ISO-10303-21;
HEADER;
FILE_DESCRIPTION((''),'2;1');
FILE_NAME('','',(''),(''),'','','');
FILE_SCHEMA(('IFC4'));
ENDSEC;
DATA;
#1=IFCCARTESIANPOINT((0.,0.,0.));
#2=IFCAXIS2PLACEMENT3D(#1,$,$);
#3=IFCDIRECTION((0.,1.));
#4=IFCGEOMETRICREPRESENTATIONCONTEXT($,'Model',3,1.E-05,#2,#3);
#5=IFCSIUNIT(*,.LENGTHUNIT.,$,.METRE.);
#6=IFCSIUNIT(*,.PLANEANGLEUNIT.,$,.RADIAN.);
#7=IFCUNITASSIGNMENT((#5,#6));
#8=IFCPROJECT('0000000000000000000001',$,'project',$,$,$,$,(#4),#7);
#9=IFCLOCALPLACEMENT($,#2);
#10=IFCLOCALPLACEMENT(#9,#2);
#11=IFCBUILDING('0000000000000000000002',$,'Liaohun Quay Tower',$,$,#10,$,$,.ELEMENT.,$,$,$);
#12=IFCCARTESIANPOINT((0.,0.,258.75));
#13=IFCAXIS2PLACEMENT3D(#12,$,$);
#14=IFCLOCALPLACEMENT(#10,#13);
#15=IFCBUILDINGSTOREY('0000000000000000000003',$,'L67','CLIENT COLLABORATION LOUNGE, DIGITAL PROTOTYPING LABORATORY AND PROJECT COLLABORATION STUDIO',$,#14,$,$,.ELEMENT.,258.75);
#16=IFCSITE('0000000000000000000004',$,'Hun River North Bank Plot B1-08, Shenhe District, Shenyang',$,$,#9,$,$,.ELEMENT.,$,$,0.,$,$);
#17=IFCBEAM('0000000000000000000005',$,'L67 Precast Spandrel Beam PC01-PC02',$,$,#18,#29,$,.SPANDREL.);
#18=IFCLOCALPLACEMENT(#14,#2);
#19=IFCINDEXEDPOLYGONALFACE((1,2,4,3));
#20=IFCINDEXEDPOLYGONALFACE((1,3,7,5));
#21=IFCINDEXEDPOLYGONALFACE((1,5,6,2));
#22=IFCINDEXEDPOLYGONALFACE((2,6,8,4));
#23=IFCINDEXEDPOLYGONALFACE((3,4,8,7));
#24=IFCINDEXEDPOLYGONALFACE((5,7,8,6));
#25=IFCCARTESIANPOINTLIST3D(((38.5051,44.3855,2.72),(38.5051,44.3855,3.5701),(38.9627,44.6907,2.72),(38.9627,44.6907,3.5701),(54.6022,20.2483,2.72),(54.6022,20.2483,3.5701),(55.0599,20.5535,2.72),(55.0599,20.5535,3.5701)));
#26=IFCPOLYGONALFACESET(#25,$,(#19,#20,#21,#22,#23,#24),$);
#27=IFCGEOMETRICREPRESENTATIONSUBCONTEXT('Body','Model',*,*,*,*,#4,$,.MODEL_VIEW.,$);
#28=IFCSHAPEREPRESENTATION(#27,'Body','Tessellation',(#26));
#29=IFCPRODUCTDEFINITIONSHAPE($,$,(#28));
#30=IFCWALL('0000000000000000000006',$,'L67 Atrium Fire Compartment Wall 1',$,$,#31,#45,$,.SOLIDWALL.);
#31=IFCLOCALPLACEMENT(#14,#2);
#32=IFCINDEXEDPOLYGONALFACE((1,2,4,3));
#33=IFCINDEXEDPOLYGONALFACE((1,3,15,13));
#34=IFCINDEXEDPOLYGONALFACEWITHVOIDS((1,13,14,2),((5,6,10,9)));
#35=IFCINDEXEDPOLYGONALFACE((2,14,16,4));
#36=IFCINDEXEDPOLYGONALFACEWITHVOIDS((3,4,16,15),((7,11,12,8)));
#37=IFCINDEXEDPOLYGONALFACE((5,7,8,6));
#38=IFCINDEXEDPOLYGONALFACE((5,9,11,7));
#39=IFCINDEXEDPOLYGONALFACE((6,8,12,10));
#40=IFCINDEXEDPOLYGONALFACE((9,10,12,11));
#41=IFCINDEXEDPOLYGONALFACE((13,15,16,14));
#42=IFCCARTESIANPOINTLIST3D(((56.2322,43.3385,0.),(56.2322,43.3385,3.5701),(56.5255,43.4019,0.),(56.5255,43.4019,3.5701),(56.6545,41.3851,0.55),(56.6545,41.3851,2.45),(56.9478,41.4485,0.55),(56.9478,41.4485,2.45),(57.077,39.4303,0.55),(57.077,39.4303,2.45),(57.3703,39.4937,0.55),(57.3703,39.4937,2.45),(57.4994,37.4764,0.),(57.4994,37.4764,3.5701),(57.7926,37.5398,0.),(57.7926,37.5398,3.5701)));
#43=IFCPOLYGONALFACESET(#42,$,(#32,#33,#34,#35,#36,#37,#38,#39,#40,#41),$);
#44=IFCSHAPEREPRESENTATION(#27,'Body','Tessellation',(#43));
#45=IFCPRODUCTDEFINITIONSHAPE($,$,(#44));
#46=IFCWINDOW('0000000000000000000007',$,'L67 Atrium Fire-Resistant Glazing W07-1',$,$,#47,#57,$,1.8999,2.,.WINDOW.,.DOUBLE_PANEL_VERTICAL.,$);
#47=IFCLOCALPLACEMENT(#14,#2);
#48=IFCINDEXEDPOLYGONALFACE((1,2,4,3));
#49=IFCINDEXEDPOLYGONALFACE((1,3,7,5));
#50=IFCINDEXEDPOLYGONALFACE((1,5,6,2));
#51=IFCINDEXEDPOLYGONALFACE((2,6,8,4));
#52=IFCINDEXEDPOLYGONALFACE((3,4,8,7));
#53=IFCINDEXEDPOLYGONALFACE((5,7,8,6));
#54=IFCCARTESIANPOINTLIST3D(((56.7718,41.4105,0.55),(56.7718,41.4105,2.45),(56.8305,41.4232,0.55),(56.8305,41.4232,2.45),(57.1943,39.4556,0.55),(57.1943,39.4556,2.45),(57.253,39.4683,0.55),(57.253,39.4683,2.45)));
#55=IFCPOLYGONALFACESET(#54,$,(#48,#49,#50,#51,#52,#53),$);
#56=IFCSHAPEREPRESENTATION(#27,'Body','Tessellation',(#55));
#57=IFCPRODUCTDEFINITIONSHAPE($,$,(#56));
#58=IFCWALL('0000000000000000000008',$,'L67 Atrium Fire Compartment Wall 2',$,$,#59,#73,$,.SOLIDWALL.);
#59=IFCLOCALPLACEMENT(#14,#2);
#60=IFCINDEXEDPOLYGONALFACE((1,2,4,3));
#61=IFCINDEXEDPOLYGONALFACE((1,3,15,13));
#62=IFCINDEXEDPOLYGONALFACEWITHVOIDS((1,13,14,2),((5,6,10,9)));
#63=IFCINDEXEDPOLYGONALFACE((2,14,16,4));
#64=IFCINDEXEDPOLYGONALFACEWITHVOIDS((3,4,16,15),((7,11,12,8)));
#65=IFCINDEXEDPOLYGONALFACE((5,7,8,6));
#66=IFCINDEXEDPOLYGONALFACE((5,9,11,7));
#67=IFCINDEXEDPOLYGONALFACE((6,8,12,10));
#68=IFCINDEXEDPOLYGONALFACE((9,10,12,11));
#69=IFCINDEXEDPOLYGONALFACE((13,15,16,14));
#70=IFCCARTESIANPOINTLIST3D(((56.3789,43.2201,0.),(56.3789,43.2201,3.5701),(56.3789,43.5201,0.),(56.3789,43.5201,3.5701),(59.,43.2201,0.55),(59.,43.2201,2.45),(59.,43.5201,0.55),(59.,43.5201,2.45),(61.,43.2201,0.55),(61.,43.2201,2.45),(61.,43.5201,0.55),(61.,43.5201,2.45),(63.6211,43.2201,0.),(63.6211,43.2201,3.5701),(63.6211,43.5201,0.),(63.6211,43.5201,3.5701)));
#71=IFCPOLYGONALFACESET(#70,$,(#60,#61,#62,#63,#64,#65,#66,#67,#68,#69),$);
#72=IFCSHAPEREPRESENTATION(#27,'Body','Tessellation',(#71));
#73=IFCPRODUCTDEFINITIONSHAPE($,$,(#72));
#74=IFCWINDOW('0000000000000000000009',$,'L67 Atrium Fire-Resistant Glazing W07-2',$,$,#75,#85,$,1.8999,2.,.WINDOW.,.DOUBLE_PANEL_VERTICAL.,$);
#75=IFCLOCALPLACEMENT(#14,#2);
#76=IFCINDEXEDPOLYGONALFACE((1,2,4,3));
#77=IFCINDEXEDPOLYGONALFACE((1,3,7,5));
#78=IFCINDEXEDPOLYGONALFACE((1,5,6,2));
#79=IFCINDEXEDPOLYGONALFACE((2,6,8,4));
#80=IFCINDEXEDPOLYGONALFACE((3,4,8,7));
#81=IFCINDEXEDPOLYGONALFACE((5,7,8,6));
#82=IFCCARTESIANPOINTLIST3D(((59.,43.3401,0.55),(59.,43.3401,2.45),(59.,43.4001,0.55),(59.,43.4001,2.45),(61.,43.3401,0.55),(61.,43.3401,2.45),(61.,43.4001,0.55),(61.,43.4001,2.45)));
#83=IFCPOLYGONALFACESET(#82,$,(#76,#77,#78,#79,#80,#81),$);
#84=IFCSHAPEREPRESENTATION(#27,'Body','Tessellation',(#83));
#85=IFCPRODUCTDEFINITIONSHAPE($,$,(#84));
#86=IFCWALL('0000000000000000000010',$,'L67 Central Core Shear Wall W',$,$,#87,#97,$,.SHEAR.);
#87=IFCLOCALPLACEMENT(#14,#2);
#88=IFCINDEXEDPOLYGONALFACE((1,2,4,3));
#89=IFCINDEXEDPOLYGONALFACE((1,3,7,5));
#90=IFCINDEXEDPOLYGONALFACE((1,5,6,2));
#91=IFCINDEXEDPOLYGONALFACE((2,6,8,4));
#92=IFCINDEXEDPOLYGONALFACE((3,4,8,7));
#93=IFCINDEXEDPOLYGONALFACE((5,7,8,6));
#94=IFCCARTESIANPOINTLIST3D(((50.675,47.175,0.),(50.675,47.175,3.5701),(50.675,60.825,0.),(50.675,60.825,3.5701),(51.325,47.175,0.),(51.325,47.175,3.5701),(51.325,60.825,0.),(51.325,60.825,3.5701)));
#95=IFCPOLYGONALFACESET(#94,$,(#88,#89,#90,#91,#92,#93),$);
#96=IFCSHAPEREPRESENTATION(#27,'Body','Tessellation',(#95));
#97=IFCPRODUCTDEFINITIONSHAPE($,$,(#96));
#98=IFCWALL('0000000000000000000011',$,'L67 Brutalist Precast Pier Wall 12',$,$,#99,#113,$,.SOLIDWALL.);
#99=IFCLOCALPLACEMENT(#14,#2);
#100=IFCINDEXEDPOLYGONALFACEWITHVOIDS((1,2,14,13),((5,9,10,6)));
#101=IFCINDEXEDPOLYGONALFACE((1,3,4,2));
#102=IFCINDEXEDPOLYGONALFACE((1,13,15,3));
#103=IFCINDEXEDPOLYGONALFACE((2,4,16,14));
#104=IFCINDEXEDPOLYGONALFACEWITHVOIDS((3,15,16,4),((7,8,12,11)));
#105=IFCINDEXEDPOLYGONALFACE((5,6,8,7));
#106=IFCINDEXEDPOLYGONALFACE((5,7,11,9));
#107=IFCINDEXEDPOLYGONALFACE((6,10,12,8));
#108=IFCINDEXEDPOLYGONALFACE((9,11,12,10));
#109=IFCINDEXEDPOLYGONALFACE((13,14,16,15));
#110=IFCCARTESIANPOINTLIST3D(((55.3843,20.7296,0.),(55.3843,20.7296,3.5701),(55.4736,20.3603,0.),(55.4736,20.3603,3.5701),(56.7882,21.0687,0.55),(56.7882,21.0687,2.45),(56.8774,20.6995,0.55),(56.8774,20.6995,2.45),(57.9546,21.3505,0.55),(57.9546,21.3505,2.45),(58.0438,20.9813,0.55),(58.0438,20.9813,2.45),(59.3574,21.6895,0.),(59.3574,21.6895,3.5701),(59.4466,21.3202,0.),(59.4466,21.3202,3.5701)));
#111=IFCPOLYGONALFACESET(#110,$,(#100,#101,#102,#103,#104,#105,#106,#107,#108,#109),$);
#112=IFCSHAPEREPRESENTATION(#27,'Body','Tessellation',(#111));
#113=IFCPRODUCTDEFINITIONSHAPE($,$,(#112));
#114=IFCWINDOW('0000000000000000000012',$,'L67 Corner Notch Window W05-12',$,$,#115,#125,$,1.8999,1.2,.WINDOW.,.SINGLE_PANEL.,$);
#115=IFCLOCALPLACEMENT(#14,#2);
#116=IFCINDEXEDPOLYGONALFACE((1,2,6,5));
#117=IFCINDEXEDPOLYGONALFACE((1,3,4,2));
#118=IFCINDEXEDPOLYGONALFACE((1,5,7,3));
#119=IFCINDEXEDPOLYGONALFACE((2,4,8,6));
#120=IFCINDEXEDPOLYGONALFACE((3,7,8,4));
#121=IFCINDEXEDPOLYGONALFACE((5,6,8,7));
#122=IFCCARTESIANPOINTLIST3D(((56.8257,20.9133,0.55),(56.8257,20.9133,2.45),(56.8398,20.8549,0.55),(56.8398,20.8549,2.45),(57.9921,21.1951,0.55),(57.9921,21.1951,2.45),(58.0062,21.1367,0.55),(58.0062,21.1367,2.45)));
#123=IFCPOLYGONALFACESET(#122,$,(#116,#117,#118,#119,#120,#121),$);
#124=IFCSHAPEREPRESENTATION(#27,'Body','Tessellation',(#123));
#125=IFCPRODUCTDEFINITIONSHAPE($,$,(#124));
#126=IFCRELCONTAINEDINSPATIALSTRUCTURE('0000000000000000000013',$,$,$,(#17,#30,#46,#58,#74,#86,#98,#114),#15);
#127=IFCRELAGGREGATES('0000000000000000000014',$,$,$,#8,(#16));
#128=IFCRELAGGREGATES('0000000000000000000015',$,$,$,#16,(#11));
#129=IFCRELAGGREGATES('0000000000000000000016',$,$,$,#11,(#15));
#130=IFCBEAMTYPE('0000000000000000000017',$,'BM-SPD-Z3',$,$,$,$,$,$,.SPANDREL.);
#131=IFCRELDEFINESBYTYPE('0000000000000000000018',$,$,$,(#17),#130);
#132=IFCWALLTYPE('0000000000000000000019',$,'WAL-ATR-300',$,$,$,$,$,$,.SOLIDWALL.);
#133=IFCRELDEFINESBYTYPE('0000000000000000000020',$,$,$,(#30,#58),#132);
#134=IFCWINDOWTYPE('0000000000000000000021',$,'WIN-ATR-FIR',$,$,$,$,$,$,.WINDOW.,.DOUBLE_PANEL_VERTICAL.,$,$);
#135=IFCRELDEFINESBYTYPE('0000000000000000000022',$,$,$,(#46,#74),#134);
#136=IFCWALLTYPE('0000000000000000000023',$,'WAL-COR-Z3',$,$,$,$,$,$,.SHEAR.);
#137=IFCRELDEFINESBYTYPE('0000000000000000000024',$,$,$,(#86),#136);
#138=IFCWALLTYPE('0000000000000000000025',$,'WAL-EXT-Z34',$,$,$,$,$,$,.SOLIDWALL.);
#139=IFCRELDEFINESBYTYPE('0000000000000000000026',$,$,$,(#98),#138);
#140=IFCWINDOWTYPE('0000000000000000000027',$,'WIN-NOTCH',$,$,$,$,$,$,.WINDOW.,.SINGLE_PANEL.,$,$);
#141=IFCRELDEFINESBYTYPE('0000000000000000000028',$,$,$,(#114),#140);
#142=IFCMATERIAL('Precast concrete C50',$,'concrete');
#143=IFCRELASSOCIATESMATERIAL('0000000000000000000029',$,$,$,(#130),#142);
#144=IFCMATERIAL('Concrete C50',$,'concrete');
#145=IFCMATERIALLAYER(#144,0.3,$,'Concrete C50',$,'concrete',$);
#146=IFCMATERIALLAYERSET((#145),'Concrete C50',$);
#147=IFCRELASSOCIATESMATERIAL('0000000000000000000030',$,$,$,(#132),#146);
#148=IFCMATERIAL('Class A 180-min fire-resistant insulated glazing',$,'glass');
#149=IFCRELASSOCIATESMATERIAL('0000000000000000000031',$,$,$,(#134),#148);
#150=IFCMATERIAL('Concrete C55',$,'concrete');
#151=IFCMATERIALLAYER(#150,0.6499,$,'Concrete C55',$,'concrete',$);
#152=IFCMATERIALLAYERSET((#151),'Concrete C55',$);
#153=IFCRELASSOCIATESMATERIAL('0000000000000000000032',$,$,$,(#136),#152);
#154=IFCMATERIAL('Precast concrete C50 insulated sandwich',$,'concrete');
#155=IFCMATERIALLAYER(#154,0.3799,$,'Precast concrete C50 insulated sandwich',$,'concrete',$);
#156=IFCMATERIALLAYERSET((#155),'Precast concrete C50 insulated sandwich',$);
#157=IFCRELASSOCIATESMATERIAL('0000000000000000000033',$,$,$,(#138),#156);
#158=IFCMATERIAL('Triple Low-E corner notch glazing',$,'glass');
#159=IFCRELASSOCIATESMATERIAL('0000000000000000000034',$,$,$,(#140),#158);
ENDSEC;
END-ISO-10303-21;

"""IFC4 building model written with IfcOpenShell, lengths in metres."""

from ifc_helpers import new_model, si_unit, direction, frame, frame_2d, origin, origin_2d, place, context, subcontext, project, spatial, rectangle, extrude, source, transform, mapped, material, layer, layer_set, material_profile, profile_set, type_object, element, fill, save


model = new_model("IFC4")

# Units and contexts
model_context = context("Model", 3, precision=1e-05, world=origin(), true_north=direction((0.0, 1.0)))
body_context = subcontext(model_context, "Body", "Model", "MODEL_VIEW")
ifc_project = project(units=[si_unit("LENGTHUNIT", "METRE"), si_unit("PLANEANGLEUNIT", "RADIAN")], contexts=[model_context])

# Site, building, storey
site_placement = place(None, origin())
site = spatial("IfcSite", under=ifc_project, at=site_placement, Name="Hun River North Bank Plot B1-08, Shenhe District, Shenyang", CompositionType="ELEMENT", RefElevation=0.0)
building_placement = place(site_placement, origin())
building = spatial("IfcBuilding", under=site, at=building_placement, Name="Liaohun Quay Tower", CompositionType="ELEMENT")
storey_placement = place(building_placement, frame((0.0, 0.0, 258.75)))
storey = spatial("IfcBuildingStorey", under=building, at=storey_placement, Name="L67", Description="CLIENT COLLABORATION LOUNGE, DIGITAL PROTOTYPING LABORATORY AND PROJECT COLLABORATION STUDIO", CompositionType="ELEMENT", Elevation=258.75)

# Shared definitions
ifc_material_1 = material(Name="Concrete C55", Category="concrete")

# Beam
ifc_material_2 = material(Name="Precast concrete C50", Category="concrete")
ifc_material_profile_1 = material_profile(ifc_material_2, rectangle(XDim=0.55, YDim=0.8501, at=origin_2d()), Name="RC550x850")
ifc_profile_set_1 = profile_set([ifc_material_profile_1], Name="Precast concrete C50")
beam_type_1 = type_object("IfcBeamType", Name="BM-SPD-Z3", PredefinedType="SPANDREL", material=ifc_profile_set_1)
shared_shape_1 = source(origin(), body_context, "Body", "SweptSolid", [
    extrude(rectangle(XDim=0.55, YDim=0.8501, at=origin_2d()), origin(), (0.0, 0.0, 1.0), 29.0125),
])
beam_1_placement = place(storey_placement, frame((54.8311, 20.4009, 3.145), z_axis=(-0.554836, 0.83196, 0.0), x_axis=(-0.83196, -0.554836, 0.0)))
element("IfcBeam", 1, at=beam_1_placement, inside=storey, type_object=beam_type_1, Name="L67 Precast Spandrel Beam PC01-PC02", PredefinedType="SPANDREL", context=body_context, shape_type="MappedRepresentation", body=[
    mapped(shared_shape_1, transform((0.0, 0.0, 0.0), x_axis=(1.0, 0.0, 0.0), y_axis=(0.0, 1.0, 0.0), z_axis=(0.0, 0.0, 1.0), scale=1.0)),
])

# Walls, openings, windows
ifc_material_3 = material(Name="Concrete C50", Category="concrete")
ifc_layer_1 = layer(ifc_material_3, 0.3, Name="Concrete C50", Category="concrete")
ifc_layer_set_1 = layer_set([ifc_layer_1], Name="Concrete C50")
wall_type_1 = type_object("IfcWallType", Name="WAL-ATR-300", PredefinedType="SOLIDWALL", material=ifc_layer_set_1)
wall_1_placement = place(storey_placement, frame((57.646, 37.5081, 0.0), z_axis=(0.0, 0.0, 1.0), x_axis=(-0.211272, 0.977427, 0.0)))
wall_1 = element("IfcWall", 2, at=wall_1_placement, inside=storey, type_object=wall_type_1, Name="L67 Atrium Fire Compartment Wall 1", PredefinedType="SOLIDWALL", context=body_context, shape_type="SweptSolid", body=[
    extrude(rectangle(XDim=5.9976, YDim=0.3, at=frame_2d((2.9988, 0.0))), origin(), (0.0, 0.0, 1.0), 3.5701),
])
shared_shape_2 = source(origin(), body_context, "Body", "SweptSolid", [
    extrude(rectangle(XDim=2.0, YDim=1.8999, at=frame_2d((1.0, 0.95))), frame((0.0, 0.1599, 0.0), z_axis=(0.0, -1.0, 0.0), x_axis=(1.0, 0.0, 0.0)), (0.0, 0.0, 1.0), 0.3201),
])
opening_1_placement = place(wall_1_placement, frame((1.999, 0.0, 0.55)))
opening_1 = element("IfcOpeningElement", 3, at=opening_1_placement, cuts=wall_1, PredefinedType="OPENING", context=body_context, shape_type="MappedRepresentation", body=[
    mapped(shared_shape_2, transform((0.0, 0.0, 0.0), x_axis=(1.0, 0.0, 0.0), y_axis=(0.0, 1.0, 0.0), z_axis=(0.0, 0.0, 1.0), scale=1.0)),
])
ifc_material_4 = material(Name="Class A 180-min fire-resistant insulated glazing", Category="glass")
window_type_1 = type_object("IfcWindowType", Name="WIN-ATR-FIR", PartitioningType="DOUBLE_PANEL_VERTICAL", PredefinedType="WINDOW", material=ifc_material_4)
shared_shape_3 = source(origin(), body_context, "Body", "SweptSolid", [
    extrude(rectangle(XDim=2.0, YDim=1.8999, at=frame_2d((1.0, 0.95))), frame((0.0, 0.03, 0.0), z_axis=(0.0, -1.0, 0.0), x_axis=(1.0, 0.0, 0.0)), (0.0, 0.0, 1.0), 0.0601),
])
window_1_placement = place(opening_1_placement, origin())
window_1 = element("IfcWindow", 4, at=window_1_placement, inside=storey, type_object=window_type_1, Name="L67 Atrium Fire-Resistant Glazing W07-1", OverallHeight=1.8999, OverallWidth=2.0, PartitioningType="DOUBLE_PANEL_VERTICAL", PredefinedType="WINDOW", context=body_context, shape_type="MappedRepresentation", body=[
    mapped(shared_shape_3, transform((0.0, 0.0, 0.0), x_axis=(1.0, 0.0, 0.0), y_axis=(0.0, 1.0, 0.0), z_axis=(0.0, 0.0, 1.0), scale=1.0)),
])
fill(opening_1, window_1)
wall_2_placement = place(storey_placement, frame((56.3789, 43.3701, 0.0), z_axis=(0.0, 0.0, 1.0), x_axis=(1.0, 0.0, 0.0)))
wall_2 = element("IfcWall", 5, at=wall_2_placement, inside=storey, type_object=wall_type_1, Name="L67 Atrium Fire Compartment Wall 2", PredefinedType="SOLIDWALL", context=body_context, shape_type="SweptSolid", body=[
    extrude(rectangle(XDim=7.2422, YDim=0.3, at=frame_2d((3.6211, 0.0))), origin(), (0.0, 0.0, 1.0), 3.5701),
])
opening_2_placement = place(wall_2_placement, frame((2.6211, 0.0, 0.55)))
opening_2 = element("IfcOpeningElement", 6, at=opening_2_placement, cuts=wall_2, PredefinedType="OPENING", context=body_context, shape_type="MappedRepresentation", body=[
    mapped(shared_shape_2, transform((0.0, 0.0, 0.0), x_axis=(1.0, 0.0, 0.0), y_axis=(0.0, 1.0, 0.0), z_axis=(0.0, 0.0, 1.0), scale=1.0)),
])
window_2_placement = place(opening_2_placement, origin())
window_2 = element("IfcWindow", 7, at=window_2_placement, inside=storey, type_object=window_type_1, Name="L67 Atrium Fire-Resistant Glazing W07-2", OverallHeight=1.8999, OverallWidth=2.0, PartitioningType="DOUBLE_PANEL_VERTICAL", PredefinedType="WINDOW", context=body_context, shape_type="MappedRepresentation", body=[
    mapped(shared_shape_3, transform((0.0, 0.0, 0.0), x_axis=(1.0, 0.0, 0.0), y_axis=(0.0, 1.0, 0.0), z_axis=(0.0, 0.0, 1.0), scale=1.0)),
])
fill(opening_2, window_2)

# Wall
ifc_layer_2 = layer(ifc_material_1, 0.6499, Name="Concrete C55", Category="concrete")
ifc_layer_set_2 = layer_set([ifc_layer_2], Name="Concrete C55")
wall_type_2 = type_object("IfcWallType", Name="WAL-COR-Z3", PredefinedType="SHEAR", material=ifc_layer_set_2)
wall_3_placement = place(storey_placement, frame((51.0, 47.175, 0.0), z_axis=(0.0, 0.0, 1.0), x_axis=(0.0, 1.0, 0.0)))
element("IfcWall", 8, at=wall_3_placement, inside=storey, type_object=wall_type_2, Name="L67 Central Core Shear Wall W", PredefinedType="SHEAR", context=body_context, shape_type="SweptSolid", body=[
    extrude(rectangle(XDim=13.6499, YDim=0.6499, at=frame_2d((6.825, 0.0))), origin(), (0.0, 0.0, 1.0), 3.5701),
])

# Wall, opening, window
ifc_material_5 = material(Name="Precast concrete C50 insulated sandwich", Category="concrete")
ifc_layer_3 = layer(ifc_material_5, 0.3799, Name="Precast concrete C50 insulated sandwich", Category="concrete")
ifc_layer_set_3 = layer_set([ifc_layer_3], Name="Precast concrete C50 insulated sandwich")
wall_type_3 = type_object("IfcWallType", Name="WAL-EXT-Z34", PredefinedType="SOLIDWALL", material=ifc_layer_set_3)
wall_4_placement = place(storey_placement, frame((55.429, 20.5449, 0.0), z_axis=(0.0, 0.0, 1.0), x_axis=(0.972031, 0.234855, 0.0)))
wall_4 = element("IfcWall", 9, at=wall_4_placement, inside=storey, type_object=wall_type_3, Name="L67 Brutalist Precast Pier Wall 12", PredefinedType="SOLIDWALL", context=body_context, shape_type="SweptSolid", body=[
    extrude(rectangle(XDim=4.0874, YDim=0.3799, at=frame_2d((2.0437, 0.0))), origin(), (0.0, 0.0, 1.0), 3.5701),
])
shared_shape_4 = source(origin(), body_context, "Body", "SweptSolid", [
    extrude(rectangle(XDim=1.2, YDim=1.8999, at=frame_2d((0.6001, 0.95))), frame((0.0, 0.2, 0.0), z_axis=(0.0, -1.0, 0.0), x_axis=(1.0, 0.0, 0.0)), (0.0, 0.0, 1.0), 0.3999),
])
opening_3_placement = place(wall_4_placement, frame((1.4441, 0.0, 0.55)))
opening_3 = element("IfcOpeningElement", 10, at=opening_3_placement, cuts=wall_4, PredefinedType="OPENING", context=body_context, shape_type="MappedRepresentation", body=[
    mapped(shared_shape_4, transform((0.0, 0.0, 0.0), x_axis=(1.0, 0.0, 0.0), y_axis=(0.0, 1.0, 0.0), z_axis=(0.0, 0.0, 1.0), scale=1.0)),
])
ifc_material_6 = material(Name="Triple Low-E corner notch glazing", Category="glass")
window_type_2 = type_object("IfcWindowType", Name="WIN-NOTCH", PartitioningType="SINGLE_PANEL", PredefinedType="WINDOW", material=ifc_material_6)
shared_shape_5 = source(origin(), body_context, "Body", "SweptSolid", [
    extrude(rectangle(XDim=1.2, YDim=1.8999, at=frame_2d((0.6001, 0.95))), frame((0.0, 0.03, 0.0), z_axis=(0.0, -1.0, 0.0), x_axis=(1.0, 0.0, 0.0)), (0.0, 0.0, 1.0), 0.0601),
])
window_3_placement = place(opening_3_placement, origin())
window_3 = element("IfcWindow", 11, at=window_3_placement, inside=storey, type_object=window_type_2, Name="L67 Corner Notch Window W05-12", OverallHeight=1.8999, OverallWidth=1.2, PartitioningType="SINGLE_PANEL", PredefinedType="WINDOW", context=body_context, shape_type="MappedRepresentation", body=[
    mapped(shared_shape_5, transform((0.0, 0.0, 0.0), x_axis=(1.0, 0.0, 0.0), y_axis=(0.0, 1.0, 0.0), z_axis=(0.0, 0.0, 1.0), scale=1.0)),
])
fill(opening_3, window_3)

save(model, "model.ifc")
